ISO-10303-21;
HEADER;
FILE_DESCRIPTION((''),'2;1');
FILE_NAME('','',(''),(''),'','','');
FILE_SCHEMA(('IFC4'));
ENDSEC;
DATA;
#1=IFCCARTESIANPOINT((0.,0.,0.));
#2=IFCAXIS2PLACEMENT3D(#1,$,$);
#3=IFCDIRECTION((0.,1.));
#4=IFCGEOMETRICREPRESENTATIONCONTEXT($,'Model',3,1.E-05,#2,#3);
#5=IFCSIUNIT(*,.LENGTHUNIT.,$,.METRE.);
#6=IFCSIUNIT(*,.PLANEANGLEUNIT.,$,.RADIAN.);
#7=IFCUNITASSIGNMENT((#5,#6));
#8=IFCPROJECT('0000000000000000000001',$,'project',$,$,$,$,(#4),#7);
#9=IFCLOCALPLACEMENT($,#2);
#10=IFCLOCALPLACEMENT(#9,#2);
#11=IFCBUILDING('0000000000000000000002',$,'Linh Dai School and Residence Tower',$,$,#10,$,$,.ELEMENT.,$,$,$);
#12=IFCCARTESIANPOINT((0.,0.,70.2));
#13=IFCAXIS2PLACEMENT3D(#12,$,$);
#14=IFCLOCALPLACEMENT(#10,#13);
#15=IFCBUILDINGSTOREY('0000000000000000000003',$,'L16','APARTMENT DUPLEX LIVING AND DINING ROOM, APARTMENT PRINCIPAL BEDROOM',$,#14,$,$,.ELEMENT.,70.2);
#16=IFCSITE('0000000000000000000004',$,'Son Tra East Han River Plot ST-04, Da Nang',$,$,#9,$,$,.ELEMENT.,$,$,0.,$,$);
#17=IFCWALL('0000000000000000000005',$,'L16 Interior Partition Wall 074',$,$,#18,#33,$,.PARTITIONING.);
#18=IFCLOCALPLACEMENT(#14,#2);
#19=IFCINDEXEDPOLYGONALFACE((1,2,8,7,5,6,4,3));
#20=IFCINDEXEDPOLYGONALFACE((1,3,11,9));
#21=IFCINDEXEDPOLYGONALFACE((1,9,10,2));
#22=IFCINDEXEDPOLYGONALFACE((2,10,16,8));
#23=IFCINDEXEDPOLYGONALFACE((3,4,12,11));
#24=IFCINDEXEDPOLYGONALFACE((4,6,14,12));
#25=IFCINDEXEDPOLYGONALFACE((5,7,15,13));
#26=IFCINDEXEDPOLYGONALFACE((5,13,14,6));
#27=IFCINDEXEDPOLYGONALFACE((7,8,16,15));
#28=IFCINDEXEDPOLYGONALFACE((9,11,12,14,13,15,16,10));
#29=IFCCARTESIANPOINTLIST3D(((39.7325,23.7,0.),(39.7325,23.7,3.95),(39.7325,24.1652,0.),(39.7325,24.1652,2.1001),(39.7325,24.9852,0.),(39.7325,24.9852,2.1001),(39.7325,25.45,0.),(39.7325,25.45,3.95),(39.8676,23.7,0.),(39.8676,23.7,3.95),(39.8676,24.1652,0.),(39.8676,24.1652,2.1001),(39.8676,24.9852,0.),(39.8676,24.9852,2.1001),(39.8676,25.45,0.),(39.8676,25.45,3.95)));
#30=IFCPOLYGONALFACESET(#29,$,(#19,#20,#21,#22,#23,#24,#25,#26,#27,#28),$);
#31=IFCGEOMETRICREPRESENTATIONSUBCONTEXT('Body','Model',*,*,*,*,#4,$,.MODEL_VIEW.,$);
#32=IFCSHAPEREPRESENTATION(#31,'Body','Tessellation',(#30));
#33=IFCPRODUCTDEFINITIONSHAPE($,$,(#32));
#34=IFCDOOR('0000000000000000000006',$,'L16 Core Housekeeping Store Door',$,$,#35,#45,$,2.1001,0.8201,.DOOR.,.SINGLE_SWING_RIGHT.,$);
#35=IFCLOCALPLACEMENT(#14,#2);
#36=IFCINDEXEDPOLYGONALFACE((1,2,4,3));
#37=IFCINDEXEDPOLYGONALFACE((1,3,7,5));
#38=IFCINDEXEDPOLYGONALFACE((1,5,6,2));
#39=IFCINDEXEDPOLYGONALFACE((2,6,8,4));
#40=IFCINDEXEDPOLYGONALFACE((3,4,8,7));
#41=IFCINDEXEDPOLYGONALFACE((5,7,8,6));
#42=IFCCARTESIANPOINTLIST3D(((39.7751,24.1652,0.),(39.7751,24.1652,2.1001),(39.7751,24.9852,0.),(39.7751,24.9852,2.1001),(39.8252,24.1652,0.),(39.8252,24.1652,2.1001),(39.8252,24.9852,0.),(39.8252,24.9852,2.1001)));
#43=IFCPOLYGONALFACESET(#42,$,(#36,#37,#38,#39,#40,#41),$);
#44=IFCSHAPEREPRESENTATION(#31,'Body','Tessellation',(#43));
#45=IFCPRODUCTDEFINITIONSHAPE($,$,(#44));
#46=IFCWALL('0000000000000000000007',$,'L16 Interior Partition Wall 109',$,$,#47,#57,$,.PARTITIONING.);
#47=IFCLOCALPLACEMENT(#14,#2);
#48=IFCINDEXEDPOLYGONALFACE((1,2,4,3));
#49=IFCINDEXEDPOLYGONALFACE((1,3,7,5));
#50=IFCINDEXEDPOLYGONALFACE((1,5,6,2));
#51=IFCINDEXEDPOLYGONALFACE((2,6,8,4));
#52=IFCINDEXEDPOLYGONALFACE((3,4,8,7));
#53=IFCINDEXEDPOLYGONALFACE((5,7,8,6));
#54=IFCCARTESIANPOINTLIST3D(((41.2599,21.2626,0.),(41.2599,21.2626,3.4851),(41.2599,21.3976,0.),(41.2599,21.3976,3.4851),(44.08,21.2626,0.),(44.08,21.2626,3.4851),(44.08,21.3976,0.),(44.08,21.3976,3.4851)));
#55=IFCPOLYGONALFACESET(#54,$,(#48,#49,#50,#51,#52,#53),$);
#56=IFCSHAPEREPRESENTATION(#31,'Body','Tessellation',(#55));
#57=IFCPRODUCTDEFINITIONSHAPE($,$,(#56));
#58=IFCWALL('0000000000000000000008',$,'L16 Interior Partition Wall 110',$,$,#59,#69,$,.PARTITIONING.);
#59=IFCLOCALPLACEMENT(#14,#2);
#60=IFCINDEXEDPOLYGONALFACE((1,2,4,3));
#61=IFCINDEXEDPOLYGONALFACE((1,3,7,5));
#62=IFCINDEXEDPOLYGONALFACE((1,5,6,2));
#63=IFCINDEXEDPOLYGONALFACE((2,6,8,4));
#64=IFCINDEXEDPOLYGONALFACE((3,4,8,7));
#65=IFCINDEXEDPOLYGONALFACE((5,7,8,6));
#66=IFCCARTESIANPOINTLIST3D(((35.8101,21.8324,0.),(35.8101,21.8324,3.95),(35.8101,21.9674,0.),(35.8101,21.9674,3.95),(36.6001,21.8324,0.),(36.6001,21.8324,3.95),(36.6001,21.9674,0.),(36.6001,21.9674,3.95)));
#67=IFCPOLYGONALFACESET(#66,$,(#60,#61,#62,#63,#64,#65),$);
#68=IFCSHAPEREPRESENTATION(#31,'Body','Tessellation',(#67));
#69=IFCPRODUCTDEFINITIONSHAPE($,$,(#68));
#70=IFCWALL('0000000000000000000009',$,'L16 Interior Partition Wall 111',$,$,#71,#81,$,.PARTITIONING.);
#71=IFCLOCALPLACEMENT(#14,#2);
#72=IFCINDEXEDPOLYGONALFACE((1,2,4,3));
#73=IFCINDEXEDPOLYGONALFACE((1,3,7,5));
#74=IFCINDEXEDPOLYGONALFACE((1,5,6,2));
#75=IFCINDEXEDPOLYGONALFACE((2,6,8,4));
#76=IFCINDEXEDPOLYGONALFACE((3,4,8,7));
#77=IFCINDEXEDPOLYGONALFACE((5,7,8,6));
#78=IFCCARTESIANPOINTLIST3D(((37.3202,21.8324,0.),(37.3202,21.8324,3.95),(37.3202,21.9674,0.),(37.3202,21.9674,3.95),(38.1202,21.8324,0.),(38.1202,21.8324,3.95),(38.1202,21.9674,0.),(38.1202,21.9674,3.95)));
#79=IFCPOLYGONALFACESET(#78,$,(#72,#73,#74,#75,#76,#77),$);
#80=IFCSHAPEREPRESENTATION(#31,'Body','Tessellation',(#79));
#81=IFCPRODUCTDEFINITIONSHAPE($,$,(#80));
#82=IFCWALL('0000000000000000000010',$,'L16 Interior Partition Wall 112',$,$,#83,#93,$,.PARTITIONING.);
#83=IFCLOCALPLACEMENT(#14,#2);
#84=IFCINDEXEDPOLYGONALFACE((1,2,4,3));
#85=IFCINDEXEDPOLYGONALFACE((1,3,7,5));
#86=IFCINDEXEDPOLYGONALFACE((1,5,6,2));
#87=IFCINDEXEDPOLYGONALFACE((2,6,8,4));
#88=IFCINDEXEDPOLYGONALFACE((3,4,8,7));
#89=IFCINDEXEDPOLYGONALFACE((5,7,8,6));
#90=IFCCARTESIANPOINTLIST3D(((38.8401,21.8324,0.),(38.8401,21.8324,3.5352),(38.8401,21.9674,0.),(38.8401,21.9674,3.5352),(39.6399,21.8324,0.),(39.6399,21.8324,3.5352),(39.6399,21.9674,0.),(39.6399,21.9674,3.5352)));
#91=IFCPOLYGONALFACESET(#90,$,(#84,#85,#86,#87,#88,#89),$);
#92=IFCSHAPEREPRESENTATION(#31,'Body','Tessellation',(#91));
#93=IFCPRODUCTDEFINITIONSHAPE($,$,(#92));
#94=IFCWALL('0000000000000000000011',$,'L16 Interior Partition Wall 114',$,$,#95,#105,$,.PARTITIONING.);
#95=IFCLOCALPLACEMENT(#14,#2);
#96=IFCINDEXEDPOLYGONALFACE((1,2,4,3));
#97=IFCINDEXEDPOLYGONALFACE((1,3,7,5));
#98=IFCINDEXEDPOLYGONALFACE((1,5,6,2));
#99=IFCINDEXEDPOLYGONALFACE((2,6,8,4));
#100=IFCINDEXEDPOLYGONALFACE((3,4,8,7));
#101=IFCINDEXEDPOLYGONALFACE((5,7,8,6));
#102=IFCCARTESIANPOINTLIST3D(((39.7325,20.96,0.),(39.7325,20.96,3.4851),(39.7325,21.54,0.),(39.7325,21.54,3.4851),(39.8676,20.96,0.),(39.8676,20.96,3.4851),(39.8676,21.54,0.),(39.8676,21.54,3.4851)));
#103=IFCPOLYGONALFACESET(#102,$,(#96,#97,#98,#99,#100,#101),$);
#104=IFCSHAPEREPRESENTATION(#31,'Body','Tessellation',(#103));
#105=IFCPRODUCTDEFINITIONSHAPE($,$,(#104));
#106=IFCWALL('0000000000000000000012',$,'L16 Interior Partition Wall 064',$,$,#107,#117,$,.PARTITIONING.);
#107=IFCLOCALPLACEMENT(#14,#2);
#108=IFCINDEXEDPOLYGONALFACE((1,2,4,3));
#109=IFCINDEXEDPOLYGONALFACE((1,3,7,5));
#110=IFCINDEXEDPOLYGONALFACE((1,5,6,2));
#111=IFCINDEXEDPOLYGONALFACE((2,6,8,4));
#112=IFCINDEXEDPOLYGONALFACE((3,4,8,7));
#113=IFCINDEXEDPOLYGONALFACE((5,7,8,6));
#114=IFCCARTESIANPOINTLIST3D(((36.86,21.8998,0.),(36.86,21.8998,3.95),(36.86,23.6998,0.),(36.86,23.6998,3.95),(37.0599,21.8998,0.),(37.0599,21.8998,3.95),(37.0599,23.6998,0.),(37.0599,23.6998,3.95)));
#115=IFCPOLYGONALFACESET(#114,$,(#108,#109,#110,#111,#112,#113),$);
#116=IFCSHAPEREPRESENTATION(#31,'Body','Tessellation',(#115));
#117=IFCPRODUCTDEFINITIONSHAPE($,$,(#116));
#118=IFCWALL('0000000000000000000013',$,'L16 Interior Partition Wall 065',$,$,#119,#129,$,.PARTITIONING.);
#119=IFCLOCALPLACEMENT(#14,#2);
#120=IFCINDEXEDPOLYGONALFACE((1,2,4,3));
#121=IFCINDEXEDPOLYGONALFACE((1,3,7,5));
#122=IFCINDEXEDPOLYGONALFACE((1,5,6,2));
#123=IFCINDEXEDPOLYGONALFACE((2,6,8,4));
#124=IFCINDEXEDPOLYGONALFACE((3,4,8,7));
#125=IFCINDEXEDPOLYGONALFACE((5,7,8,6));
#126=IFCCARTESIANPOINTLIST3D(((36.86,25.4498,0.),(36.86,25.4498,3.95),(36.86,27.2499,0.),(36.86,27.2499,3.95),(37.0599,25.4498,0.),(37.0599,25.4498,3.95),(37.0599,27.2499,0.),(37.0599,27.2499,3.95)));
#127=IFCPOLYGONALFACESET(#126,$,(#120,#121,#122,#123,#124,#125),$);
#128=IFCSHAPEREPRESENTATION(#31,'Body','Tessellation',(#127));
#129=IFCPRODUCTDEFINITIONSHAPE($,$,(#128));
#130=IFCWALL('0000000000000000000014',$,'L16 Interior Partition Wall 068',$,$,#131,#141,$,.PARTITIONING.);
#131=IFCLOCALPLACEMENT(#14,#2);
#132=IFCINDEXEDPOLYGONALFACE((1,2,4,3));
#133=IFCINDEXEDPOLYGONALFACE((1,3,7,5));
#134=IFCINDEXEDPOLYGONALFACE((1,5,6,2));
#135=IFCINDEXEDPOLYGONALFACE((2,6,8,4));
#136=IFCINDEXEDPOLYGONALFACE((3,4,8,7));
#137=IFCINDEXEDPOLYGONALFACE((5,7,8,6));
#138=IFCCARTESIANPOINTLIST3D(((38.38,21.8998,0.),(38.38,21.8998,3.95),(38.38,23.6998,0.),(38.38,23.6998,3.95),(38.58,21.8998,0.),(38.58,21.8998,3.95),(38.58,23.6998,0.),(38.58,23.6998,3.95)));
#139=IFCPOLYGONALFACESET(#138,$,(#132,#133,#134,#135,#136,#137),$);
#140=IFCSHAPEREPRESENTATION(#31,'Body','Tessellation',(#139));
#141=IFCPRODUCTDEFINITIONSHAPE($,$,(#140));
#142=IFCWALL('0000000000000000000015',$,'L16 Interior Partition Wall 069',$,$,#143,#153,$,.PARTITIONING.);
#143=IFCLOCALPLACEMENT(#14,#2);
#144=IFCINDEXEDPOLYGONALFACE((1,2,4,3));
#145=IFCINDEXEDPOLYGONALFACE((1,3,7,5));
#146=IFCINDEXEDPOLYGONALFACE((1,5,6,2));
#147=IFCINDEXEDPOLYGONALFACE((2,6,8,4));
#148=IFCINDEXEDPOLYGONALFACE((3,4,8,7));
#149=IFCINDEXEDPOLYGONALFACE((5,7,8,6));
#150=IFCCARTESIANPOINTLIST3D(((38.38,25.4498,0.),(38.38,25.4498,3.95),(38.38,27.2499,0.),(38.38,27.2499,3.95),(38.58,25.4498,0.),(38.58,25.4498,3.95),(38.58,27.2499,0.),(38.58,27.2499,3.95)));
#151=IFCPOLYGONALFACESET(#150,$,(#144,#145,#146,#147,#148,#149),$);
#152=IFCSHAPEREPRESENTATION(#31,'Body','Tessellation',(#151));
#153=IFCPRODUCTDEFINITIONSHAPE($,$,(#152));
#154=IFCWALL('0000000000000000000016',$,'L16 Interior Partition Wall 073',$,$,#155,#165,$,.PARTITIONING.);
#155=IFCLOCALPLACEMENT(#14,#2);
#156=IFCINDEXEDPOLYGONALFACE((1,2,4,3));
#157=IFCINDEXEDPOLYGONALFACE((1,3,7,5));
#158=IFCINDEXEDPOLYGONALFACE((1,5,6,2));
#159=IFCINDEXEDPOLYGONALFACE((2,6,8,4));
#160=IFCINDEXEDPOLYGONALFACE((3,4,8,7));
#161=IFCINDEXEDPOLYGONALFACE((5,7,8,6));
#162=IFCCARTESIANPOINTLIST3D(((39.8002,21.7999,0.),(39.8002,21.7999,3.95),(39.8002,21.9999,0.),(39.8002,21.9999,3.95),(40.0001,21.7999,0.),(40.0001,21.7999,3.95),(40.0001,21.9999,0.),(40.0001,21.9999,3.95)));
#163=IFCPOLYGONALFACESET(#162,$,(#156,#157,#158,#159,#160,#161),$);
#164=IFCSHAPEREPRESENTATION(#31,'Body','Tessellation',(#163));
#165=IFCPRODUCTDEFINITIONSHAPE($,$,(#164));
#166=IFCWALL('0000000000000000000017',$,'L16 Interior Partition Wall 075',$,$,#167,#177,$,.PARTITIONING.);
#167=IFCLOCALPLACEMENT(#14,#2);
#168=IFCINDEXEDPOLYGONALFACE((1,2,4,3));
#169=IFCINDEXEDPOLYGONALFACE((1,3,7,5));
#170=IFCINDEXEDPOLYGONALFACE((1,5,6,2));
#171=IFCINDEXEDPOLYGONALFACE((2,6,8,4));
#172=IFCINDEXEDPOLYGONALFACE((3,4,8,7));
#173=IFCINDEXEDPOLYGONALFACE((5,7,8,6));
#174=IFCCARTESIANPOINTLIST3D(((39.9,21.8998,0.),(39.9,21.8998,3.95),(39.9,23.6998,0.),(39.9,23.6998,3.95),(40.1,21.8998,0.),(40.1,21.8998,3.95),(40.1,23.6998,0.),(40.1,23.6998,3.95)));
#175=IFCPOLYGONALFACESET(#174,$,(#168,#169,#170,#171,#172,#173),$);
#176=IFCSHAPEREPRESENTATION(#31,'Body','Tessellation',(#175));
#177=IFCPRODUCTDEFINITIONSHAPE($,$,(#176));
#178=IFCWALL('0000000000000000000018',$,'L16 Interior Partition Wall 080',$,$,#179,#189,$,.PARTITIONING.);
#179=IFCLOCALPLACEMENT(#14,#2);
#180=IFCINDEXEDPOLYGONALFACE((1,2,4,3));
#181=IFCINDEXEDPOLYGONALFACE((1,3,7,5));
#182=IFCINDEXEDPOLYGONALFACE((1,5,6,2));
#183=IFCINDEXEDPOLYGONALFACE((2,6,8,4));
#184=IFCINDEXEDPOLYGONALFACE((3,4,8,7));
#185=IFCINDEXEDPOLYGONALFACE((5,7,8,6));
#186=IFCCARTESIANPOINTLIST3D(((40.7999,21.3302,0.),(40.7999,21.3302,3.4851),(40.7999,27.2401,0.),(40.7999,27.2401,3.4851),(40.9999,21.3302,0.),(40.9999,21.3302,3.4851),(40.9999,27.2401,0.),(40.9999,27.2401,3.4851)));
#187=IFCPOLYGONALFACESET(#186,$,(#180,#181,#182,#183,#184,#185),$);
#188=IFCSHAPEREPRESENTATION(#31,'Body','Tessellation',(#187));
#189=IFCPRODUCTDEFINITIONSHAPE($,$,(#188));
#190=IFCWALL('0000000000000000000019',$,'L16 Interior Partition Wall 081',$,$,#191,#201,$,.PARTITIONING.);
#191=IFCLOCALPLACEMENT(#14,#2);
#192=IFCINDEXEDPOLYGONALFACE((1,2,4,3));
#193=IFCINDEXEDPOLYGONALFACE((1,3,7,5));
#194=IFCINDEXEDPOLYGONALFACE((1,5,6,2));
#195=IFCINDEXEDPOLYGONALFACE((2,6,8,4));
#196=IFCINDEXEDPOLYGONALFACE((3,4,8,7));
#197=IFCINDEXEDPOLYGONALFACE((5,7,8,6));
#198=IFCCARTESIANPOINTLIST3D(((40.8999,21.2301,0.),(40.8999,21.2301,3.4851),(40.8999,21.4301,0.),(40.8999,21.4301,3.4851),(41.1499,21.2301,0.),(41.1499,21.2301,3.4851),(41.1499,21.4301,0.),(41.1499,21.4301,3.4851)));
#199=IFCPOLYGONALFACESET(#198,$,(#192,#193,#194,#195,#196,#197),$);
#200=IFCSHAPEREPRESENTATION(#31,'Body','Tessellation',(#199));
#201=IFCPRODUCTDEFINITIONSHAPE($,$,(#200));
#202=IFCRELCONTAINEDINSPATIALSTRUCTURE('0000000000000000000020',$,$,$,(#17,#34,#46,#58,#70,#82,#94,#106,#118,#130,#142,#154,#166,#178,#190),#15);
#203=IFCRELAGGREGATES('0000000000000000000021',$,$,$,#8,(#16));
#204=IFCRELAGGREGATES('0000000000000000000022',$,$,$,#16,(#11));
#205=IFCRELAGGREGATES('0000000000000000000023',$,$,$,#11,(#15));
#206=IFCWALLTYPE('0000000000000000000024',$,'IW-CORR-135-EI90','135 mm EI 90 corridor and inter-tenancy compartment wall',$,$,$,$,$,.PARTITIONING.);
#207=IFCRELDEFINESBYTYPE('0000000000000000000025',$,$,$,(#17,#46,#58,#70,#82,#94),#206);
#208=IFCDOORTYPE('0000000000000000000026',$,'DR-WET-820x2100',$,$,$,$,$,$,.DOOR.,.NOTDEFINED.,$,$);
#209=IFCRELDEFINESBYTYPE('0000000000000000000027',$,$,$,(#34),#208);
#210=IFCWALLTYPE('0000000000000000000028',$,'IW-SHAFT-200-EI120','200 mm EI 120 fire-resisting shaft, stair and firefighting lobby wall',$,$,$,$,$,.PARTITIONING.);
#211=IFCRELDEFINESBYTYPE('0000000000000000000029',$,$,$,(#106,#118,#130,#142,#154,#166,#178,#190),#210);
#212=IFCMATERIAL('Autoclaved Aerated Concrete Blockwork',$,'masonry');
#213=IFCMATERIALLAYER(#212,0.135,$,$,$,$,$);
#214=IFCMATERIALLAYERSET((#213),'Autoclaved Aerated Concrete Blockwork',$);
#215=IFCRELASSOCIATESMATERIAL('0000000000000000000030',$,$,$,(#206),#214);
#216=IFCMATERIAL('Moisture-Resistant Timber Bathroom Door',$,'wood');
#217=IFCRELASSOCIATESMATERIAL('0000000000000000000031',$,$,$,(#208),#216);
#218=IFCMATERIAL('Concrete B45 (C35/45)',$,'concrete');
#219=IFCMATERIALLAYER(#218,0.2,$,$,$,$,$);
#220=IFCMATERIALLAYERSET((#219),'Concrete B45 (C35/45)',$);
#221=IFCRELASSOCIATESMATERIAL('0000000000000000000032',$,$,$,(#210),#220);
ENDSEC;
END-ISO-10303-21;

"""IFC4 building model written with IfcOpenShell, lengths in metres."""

from ifc_helpers import new_model, si_unit, direction, frame, frame_2d, origin, origin_2d, place, context, subcontext, project, spatial, rectangle, extrude, source, transform, mapped, material, layer, layer_set, type_object, element, fill, save


model = new_model("IFC4")

# Units and contexts
model_context = context("Model", 3, precision=1e-05, world=origin(), true_north=direction((0.0, 1.0)))
body_context = subcontext(model_context, "Body", "Model", "MODEL_VIEW")
ifc_project = project(units=[si_unit("LENGTHUNIT", "METRE"), si_unit("PLANEANGLEUNIT", "RADIAN")], contexts=[model_context])

# Site, building, storey
site_placement = place(None, origin())
site = spatial("IfcSite", under=ifc_project, at=site_placement, Name="Son Tra East Han River Plot ST-04, Da Nang", CompositionType="ELEMENT", RefElevation=0.0)
building_placement = place(site_placement, origin())
building = spatial("IfcBuilding", under=site, at=building_placement, Name="Linh Dai School and Residence Tower", CompositionType="ELEMENT")
storey_placement = place(building_placement, frame((0.0, 0.0, 70.2)))
storey = spatial("IfcBuildingStorey", under=building, at=storey_placement, Name="L16", Description="APARTMENT DUPLEX LIVING AND DINING ROOM, APARTMENT PRINCIPAL BEDROOM", CompositionType="ELEMENT", Elevation=70.2)

# Wall, opening, door
ifc_material_1 = material(Name="Autoclaved Aerated Concrete Blockwork", Category="masonry")
ifc_layer_1 = layer(ifc_material_1, 0.135)
ifc_layer_set_1 = layer_set([ifc_layer_1], Name="Autoclaved Aerated Concrete Blockwork")
wall_type_1 = type_object("IfcWallType", Name="IW-CORR-135-EI90", Description="135 mm EI 90 corridor and inter-tenancy compartment wall", PredefinedType="PARTITIONING", material=ifc_layer_set_1)
wall_1_placement = place(storey_placement, frame((39.8, 23.7, 0.0), z_axis=(0.0, 0.0, 1.0), x_axis=(0.0, 1.0, 0.0)))
wall_1 = element("IfcWall", 1, at=wall_1_placement, inside=storey, type_object=wall_type_1, Name="L16 Interior Partition Wall 074", PredefinedType="PARTITIONING", context=body_context, shape_type="SweptSolid", body=[
    extrude(rectangle(XDim=1.75, YDim=0.135, at=frame_2d((0.875, 0.0))), origin(), (0.0, 0.0, 1.0), 3.95),
])
opening_placement = place(wall_1_placement, frame((0.4651, 0.0, 0.0)))
opening = element("IfcOpeningElement", 2, at=opening_placement, cuts=wall_1, PredefinedType="OPENING", context=body_context, shape_type="SweptSolid", body=[
    extrude(rectangle(XDim=0.8201, YDim=2.1001, at=origin_2d()), frame((0.4102, 0.0776, 1.05), z_axis=(0.0, -1.0, 0.0), x_axis=(1.0, 0.0, 0.0)), (0.0, 0.0, 1.0), 0.155),
])
ifc_material_2 = material(Name="Moisture-Resistant Timber Bathroom Door", Category="wood")
door_type = type_object("IfcDoorType", Name="DR-WET-820x2100", OperationType="NOTDEFINED", PredefinedType="DOOR", material=ifc_material_2)
shared_shape_1 = source(origin(), body_context, "Body", "SweptSolid", [
    extrude(rectangle(XDim=0.8201, YDim=2.1001, at=origin_2d()), frame((0.4102, 0.0249, 1.05), z_axis=(0.0, -1.0, 0.0), x_axis=(1.0, 0.0, 0.0)), (0.0, 0.0, 1.0), 0.05),
])
door_placement = place(opening_placement, origin())
door = element("IfcDoor", 3, at=door_placement, inside=storey, type_object=door_type, Name="L16 Core Housekeeping Store Door", OperationType="SINGLE_SWING_RIGHT", OverallHeight=2.1001, OverallWidth=0.8201, PredefinedType="DOOR", context=body_context, shape_type="MappedRepresentation", body=[
    mapped(shared_shape_1, transform((0.0, 0.0, 0.0), x_axis=(1.0, 0.0, 0.0), y_axis=(0.0, 1.0, 0.0), z_axis=(0.0, 0.0, 1.0), scale=1.0)),
])
fill(opening, door)

# Walls
wall_2_placement = place(storey_placement, frame((44.0801, 21.3301, 0.0), z_axis=(0.0, 0.0, 1.0), x_axis=(-1.0, 0.0, 0.0)))
element("IfcWall", 4, at=wall_2_placement, inside=storey, type_object=wall_type_1, Name="L16 Interior Partition Wall 109", PredefinedType="PARTITIONING", context=body_context, shape_type="SweptSolid", body=[
    extrude(rectangle(XDim=2.8201, YDim=0.135, at=frame_2d((1.4102, 0.0))), origin(), (0.0, 0.0, 1.0), 3.4851),
])
wall_3_placement = place(storey_placement, frame((36.6001, 21.8999, 0.0), z_axis=(0.0, 0.0, 1.0), x_axis=(-1.0, 0.0, 0.0)))
element("IfcWall", 5, at=wall_3_placement, inside=storey, type_object=wall_type_1, Name="L16 Interior Partition Wall 110", PredefinedType="PARTITIONING", context=body_context, shape_type="SweptSolid", body=[
    extrude(rectangle(XDim=0.79, YDim=0.135, at=frame_2d((0.395, 0.0))), origin(), (0.0, 0.0, 1.0), 3.95),
])
wall_4_placement = place(storey_placement, frame((38.1201, 21.8999, 0.0), z_axis=(0.0, 0.0, 1.0), x_axis=(-1.0, 0.0, 0.0)))
element("IfcWall", 6, at=wall_4_placement, inside=storey, type_object=wall_type_1, Name="L16 Interior Partition Wall 111", PredefinedType="PARTITIONING", context=body_context, shape_type="SweptSolid", body=[
    extrude(rectangle(XDim=0.8, YDim=0.135, at=frame_2d((0.3999, 0.0))), origin(), (0.0, 0.0, 1.0), 3.95),
])
wall_5_placement = place(storey_placement, frame((39.6399, 21.8999, 0.0), z_axis=(0.0, 0.0, 1.0), x_axis=(-1.0, 0.0, 0.0)))
element("IfcWall", 7, at=wall_5_placement, inside=storey, type_object=wall_type_1, Name="L16 Interior Partition Wall 112", PredefinedType="PARTITIONING", context=body_context, shape_type="SweptSolid", body=[
    extrude(rectangle(XDim=0.7998, YDim=0.135, at=frame_2d((0.3999, 0.0))), origin(), (0.0, 0.0, 1.0), 3.5352),
])
wall_6_placement = place(storey_placement, frame((39.8, 20.96, 0.0), z_axis=(0.0, 0.0, 1.0), x_axis=(0.0, 1.0, 0.0)))
element("IfcWall", 8, at=wall_6_placement, inside=storey, type_object=wall_type_1, Name="L16 Interior Partition Wall 114", PredefinedType="PARTITIONING", context=body_context, shape_type="SweptSolid", body=[
    extrude(rectangle(XDim=0.5801, YDim=0.135, at=frame_2d((0.29, 0.0))), origin(), (0.0, 0.0, 1.0), 3.4851),
])
ifc_material_3 = material(Name="Concrete B45 (C35/45)", Category="concrete")
ifc_layer_2 = layer(ifc_material_3, 0.2)
ifc_layer_set_2 = layer_set([ifc_layer_2], Name="Concrete B45 (C35/45)")
wall_type_2 = type_object("IfcWallType", Name="IW-SHAFT-200-EI120", Description="200 mm EI 120 fire-resisting shaft, stair and firefighting lobby wall", PredefinedType="PARTITIONING", material=ifc_layer_set_2)
for number, where, z_axis, x_axis, name in (
    (9, (36.96, 21.8999, 0.0), (0.0, 0.0, 1.0), (0.0, 1.0, 0.0), "L16 Interior Partition Wall 064"),
    (10, (36.96, 25.45, 0.0), (0.0, 0.0, 1.0), (0.0, 1.0, 0.0), "L16 Interior Partition Wall 065"),
    (11, (38.48, 21.8999, 0.0), (0.0, 0.0, 1.0), (0.0, 1.0, 0.0), "L16 Interior Partition Wall 068"),
    (12, (38.48, 25.45, 0.0), (0.0, 0.0, 1.0), (0.0, 1.0, 0.0), "L16 Interior Partition Wall 069"),
):
    element("IfcWall", number, at=place(storey_placement, frame(where, z_axis=z_axis, x_axis=x_axis)), inside=storey, type_object=wall_type_2, Name=name, PredefinedType="PARTITIONING", context=body_context, shape_type="SweptSolid", body=[
        extrude(rectangle(XDim=1.8, YDim=0.2, at=frame_2d((0.8999, 0.0))), origin(), (0.0, 0.0, 1.0), 3.95),
    ])
wall_7_placement = place(storey_placement, frame((39.8, 21.8999, 0.0), z_axis=(0.0, 0.0, 1.0), x_axis=(1.0, 0.0, 0.0)))
element("IfcWall", 13, at=wall_7_placement, inside=storey, type_object=wall_type_2, Name="L16 Interior Partition Wall 073", PredefinedType="PARTITIONING", context=body_context, shape_type="SweptSolid", body=[
    extrude(rectangle(XDim=0.2, YDim=0.2, at=frame_2d((0.1001, 0.0))), origin(), (0.0, 0.0, 1.0), 3.95),
])
wall_8_placement = place(storey_placement, frame((40.0, 21.8999, 0.0), z_axis=(0.0, 0.0, 1.0), x_axis=(0.0, 1.0, 0.0)))
element("IfcWall", 14, at=wall_8_placement, inside=storey, type_object=wall_type_2, Name="L16 Interior Partition Wall 075", PredefinedType="PARTITIONING", context=body_context, shape_type="SweptSolid", body=[
    extrude(rectangle(XDim=1.8, YDim=0.2, at=frame_2d((0.8999, 0.0))), origin(), (0.0, 0.0, 1.0), 3.95),
])
wall_9_placement = place(storey_placement, frame((40.8999, 21.3301, 0.0), z_axis=(0.0, 0.0, 1.0), x_axis=(0.0, 1.0, 0.0)))
element("IfcWall", 15, at=wall_9_placement, inside=storey, type_object=wall_type_2, Name="L16 Interior Partition Wall 080", PredefinedType="PARTITIONING", context=body_context, shape_type="SweptSolid", body=[
    extrude(rectangle(XDim=5.9099, YDim=0.2, at=frame_2d((2.9551, 0.0))), origin(), (0.0, 0.0, 1.0), 3.4851),
])
wall_10_placement = place(storey_placement, frame((40.8999, 21.3301, 0.0), z_axis=(0.0, 0.0, 1.0), x_axis=(1.0, 0.0, 0.0)))
element("IfcWall", 16, at=wall_10_placement, inside=storey, type_object=wall_type_2, Name="L16 Interior Partition Wall 081", PredefinedType="PARTITIONING", context=body_context, shape_type="SweptSolid", body=[
    extrude(rectangle(XDim=0.25, YDim=0.2, at=frame_2d((0.125, 0.0))), origin(), (0.0, 0.0, 1.0), 3.4851),
])

save(model, "model.ifc")
